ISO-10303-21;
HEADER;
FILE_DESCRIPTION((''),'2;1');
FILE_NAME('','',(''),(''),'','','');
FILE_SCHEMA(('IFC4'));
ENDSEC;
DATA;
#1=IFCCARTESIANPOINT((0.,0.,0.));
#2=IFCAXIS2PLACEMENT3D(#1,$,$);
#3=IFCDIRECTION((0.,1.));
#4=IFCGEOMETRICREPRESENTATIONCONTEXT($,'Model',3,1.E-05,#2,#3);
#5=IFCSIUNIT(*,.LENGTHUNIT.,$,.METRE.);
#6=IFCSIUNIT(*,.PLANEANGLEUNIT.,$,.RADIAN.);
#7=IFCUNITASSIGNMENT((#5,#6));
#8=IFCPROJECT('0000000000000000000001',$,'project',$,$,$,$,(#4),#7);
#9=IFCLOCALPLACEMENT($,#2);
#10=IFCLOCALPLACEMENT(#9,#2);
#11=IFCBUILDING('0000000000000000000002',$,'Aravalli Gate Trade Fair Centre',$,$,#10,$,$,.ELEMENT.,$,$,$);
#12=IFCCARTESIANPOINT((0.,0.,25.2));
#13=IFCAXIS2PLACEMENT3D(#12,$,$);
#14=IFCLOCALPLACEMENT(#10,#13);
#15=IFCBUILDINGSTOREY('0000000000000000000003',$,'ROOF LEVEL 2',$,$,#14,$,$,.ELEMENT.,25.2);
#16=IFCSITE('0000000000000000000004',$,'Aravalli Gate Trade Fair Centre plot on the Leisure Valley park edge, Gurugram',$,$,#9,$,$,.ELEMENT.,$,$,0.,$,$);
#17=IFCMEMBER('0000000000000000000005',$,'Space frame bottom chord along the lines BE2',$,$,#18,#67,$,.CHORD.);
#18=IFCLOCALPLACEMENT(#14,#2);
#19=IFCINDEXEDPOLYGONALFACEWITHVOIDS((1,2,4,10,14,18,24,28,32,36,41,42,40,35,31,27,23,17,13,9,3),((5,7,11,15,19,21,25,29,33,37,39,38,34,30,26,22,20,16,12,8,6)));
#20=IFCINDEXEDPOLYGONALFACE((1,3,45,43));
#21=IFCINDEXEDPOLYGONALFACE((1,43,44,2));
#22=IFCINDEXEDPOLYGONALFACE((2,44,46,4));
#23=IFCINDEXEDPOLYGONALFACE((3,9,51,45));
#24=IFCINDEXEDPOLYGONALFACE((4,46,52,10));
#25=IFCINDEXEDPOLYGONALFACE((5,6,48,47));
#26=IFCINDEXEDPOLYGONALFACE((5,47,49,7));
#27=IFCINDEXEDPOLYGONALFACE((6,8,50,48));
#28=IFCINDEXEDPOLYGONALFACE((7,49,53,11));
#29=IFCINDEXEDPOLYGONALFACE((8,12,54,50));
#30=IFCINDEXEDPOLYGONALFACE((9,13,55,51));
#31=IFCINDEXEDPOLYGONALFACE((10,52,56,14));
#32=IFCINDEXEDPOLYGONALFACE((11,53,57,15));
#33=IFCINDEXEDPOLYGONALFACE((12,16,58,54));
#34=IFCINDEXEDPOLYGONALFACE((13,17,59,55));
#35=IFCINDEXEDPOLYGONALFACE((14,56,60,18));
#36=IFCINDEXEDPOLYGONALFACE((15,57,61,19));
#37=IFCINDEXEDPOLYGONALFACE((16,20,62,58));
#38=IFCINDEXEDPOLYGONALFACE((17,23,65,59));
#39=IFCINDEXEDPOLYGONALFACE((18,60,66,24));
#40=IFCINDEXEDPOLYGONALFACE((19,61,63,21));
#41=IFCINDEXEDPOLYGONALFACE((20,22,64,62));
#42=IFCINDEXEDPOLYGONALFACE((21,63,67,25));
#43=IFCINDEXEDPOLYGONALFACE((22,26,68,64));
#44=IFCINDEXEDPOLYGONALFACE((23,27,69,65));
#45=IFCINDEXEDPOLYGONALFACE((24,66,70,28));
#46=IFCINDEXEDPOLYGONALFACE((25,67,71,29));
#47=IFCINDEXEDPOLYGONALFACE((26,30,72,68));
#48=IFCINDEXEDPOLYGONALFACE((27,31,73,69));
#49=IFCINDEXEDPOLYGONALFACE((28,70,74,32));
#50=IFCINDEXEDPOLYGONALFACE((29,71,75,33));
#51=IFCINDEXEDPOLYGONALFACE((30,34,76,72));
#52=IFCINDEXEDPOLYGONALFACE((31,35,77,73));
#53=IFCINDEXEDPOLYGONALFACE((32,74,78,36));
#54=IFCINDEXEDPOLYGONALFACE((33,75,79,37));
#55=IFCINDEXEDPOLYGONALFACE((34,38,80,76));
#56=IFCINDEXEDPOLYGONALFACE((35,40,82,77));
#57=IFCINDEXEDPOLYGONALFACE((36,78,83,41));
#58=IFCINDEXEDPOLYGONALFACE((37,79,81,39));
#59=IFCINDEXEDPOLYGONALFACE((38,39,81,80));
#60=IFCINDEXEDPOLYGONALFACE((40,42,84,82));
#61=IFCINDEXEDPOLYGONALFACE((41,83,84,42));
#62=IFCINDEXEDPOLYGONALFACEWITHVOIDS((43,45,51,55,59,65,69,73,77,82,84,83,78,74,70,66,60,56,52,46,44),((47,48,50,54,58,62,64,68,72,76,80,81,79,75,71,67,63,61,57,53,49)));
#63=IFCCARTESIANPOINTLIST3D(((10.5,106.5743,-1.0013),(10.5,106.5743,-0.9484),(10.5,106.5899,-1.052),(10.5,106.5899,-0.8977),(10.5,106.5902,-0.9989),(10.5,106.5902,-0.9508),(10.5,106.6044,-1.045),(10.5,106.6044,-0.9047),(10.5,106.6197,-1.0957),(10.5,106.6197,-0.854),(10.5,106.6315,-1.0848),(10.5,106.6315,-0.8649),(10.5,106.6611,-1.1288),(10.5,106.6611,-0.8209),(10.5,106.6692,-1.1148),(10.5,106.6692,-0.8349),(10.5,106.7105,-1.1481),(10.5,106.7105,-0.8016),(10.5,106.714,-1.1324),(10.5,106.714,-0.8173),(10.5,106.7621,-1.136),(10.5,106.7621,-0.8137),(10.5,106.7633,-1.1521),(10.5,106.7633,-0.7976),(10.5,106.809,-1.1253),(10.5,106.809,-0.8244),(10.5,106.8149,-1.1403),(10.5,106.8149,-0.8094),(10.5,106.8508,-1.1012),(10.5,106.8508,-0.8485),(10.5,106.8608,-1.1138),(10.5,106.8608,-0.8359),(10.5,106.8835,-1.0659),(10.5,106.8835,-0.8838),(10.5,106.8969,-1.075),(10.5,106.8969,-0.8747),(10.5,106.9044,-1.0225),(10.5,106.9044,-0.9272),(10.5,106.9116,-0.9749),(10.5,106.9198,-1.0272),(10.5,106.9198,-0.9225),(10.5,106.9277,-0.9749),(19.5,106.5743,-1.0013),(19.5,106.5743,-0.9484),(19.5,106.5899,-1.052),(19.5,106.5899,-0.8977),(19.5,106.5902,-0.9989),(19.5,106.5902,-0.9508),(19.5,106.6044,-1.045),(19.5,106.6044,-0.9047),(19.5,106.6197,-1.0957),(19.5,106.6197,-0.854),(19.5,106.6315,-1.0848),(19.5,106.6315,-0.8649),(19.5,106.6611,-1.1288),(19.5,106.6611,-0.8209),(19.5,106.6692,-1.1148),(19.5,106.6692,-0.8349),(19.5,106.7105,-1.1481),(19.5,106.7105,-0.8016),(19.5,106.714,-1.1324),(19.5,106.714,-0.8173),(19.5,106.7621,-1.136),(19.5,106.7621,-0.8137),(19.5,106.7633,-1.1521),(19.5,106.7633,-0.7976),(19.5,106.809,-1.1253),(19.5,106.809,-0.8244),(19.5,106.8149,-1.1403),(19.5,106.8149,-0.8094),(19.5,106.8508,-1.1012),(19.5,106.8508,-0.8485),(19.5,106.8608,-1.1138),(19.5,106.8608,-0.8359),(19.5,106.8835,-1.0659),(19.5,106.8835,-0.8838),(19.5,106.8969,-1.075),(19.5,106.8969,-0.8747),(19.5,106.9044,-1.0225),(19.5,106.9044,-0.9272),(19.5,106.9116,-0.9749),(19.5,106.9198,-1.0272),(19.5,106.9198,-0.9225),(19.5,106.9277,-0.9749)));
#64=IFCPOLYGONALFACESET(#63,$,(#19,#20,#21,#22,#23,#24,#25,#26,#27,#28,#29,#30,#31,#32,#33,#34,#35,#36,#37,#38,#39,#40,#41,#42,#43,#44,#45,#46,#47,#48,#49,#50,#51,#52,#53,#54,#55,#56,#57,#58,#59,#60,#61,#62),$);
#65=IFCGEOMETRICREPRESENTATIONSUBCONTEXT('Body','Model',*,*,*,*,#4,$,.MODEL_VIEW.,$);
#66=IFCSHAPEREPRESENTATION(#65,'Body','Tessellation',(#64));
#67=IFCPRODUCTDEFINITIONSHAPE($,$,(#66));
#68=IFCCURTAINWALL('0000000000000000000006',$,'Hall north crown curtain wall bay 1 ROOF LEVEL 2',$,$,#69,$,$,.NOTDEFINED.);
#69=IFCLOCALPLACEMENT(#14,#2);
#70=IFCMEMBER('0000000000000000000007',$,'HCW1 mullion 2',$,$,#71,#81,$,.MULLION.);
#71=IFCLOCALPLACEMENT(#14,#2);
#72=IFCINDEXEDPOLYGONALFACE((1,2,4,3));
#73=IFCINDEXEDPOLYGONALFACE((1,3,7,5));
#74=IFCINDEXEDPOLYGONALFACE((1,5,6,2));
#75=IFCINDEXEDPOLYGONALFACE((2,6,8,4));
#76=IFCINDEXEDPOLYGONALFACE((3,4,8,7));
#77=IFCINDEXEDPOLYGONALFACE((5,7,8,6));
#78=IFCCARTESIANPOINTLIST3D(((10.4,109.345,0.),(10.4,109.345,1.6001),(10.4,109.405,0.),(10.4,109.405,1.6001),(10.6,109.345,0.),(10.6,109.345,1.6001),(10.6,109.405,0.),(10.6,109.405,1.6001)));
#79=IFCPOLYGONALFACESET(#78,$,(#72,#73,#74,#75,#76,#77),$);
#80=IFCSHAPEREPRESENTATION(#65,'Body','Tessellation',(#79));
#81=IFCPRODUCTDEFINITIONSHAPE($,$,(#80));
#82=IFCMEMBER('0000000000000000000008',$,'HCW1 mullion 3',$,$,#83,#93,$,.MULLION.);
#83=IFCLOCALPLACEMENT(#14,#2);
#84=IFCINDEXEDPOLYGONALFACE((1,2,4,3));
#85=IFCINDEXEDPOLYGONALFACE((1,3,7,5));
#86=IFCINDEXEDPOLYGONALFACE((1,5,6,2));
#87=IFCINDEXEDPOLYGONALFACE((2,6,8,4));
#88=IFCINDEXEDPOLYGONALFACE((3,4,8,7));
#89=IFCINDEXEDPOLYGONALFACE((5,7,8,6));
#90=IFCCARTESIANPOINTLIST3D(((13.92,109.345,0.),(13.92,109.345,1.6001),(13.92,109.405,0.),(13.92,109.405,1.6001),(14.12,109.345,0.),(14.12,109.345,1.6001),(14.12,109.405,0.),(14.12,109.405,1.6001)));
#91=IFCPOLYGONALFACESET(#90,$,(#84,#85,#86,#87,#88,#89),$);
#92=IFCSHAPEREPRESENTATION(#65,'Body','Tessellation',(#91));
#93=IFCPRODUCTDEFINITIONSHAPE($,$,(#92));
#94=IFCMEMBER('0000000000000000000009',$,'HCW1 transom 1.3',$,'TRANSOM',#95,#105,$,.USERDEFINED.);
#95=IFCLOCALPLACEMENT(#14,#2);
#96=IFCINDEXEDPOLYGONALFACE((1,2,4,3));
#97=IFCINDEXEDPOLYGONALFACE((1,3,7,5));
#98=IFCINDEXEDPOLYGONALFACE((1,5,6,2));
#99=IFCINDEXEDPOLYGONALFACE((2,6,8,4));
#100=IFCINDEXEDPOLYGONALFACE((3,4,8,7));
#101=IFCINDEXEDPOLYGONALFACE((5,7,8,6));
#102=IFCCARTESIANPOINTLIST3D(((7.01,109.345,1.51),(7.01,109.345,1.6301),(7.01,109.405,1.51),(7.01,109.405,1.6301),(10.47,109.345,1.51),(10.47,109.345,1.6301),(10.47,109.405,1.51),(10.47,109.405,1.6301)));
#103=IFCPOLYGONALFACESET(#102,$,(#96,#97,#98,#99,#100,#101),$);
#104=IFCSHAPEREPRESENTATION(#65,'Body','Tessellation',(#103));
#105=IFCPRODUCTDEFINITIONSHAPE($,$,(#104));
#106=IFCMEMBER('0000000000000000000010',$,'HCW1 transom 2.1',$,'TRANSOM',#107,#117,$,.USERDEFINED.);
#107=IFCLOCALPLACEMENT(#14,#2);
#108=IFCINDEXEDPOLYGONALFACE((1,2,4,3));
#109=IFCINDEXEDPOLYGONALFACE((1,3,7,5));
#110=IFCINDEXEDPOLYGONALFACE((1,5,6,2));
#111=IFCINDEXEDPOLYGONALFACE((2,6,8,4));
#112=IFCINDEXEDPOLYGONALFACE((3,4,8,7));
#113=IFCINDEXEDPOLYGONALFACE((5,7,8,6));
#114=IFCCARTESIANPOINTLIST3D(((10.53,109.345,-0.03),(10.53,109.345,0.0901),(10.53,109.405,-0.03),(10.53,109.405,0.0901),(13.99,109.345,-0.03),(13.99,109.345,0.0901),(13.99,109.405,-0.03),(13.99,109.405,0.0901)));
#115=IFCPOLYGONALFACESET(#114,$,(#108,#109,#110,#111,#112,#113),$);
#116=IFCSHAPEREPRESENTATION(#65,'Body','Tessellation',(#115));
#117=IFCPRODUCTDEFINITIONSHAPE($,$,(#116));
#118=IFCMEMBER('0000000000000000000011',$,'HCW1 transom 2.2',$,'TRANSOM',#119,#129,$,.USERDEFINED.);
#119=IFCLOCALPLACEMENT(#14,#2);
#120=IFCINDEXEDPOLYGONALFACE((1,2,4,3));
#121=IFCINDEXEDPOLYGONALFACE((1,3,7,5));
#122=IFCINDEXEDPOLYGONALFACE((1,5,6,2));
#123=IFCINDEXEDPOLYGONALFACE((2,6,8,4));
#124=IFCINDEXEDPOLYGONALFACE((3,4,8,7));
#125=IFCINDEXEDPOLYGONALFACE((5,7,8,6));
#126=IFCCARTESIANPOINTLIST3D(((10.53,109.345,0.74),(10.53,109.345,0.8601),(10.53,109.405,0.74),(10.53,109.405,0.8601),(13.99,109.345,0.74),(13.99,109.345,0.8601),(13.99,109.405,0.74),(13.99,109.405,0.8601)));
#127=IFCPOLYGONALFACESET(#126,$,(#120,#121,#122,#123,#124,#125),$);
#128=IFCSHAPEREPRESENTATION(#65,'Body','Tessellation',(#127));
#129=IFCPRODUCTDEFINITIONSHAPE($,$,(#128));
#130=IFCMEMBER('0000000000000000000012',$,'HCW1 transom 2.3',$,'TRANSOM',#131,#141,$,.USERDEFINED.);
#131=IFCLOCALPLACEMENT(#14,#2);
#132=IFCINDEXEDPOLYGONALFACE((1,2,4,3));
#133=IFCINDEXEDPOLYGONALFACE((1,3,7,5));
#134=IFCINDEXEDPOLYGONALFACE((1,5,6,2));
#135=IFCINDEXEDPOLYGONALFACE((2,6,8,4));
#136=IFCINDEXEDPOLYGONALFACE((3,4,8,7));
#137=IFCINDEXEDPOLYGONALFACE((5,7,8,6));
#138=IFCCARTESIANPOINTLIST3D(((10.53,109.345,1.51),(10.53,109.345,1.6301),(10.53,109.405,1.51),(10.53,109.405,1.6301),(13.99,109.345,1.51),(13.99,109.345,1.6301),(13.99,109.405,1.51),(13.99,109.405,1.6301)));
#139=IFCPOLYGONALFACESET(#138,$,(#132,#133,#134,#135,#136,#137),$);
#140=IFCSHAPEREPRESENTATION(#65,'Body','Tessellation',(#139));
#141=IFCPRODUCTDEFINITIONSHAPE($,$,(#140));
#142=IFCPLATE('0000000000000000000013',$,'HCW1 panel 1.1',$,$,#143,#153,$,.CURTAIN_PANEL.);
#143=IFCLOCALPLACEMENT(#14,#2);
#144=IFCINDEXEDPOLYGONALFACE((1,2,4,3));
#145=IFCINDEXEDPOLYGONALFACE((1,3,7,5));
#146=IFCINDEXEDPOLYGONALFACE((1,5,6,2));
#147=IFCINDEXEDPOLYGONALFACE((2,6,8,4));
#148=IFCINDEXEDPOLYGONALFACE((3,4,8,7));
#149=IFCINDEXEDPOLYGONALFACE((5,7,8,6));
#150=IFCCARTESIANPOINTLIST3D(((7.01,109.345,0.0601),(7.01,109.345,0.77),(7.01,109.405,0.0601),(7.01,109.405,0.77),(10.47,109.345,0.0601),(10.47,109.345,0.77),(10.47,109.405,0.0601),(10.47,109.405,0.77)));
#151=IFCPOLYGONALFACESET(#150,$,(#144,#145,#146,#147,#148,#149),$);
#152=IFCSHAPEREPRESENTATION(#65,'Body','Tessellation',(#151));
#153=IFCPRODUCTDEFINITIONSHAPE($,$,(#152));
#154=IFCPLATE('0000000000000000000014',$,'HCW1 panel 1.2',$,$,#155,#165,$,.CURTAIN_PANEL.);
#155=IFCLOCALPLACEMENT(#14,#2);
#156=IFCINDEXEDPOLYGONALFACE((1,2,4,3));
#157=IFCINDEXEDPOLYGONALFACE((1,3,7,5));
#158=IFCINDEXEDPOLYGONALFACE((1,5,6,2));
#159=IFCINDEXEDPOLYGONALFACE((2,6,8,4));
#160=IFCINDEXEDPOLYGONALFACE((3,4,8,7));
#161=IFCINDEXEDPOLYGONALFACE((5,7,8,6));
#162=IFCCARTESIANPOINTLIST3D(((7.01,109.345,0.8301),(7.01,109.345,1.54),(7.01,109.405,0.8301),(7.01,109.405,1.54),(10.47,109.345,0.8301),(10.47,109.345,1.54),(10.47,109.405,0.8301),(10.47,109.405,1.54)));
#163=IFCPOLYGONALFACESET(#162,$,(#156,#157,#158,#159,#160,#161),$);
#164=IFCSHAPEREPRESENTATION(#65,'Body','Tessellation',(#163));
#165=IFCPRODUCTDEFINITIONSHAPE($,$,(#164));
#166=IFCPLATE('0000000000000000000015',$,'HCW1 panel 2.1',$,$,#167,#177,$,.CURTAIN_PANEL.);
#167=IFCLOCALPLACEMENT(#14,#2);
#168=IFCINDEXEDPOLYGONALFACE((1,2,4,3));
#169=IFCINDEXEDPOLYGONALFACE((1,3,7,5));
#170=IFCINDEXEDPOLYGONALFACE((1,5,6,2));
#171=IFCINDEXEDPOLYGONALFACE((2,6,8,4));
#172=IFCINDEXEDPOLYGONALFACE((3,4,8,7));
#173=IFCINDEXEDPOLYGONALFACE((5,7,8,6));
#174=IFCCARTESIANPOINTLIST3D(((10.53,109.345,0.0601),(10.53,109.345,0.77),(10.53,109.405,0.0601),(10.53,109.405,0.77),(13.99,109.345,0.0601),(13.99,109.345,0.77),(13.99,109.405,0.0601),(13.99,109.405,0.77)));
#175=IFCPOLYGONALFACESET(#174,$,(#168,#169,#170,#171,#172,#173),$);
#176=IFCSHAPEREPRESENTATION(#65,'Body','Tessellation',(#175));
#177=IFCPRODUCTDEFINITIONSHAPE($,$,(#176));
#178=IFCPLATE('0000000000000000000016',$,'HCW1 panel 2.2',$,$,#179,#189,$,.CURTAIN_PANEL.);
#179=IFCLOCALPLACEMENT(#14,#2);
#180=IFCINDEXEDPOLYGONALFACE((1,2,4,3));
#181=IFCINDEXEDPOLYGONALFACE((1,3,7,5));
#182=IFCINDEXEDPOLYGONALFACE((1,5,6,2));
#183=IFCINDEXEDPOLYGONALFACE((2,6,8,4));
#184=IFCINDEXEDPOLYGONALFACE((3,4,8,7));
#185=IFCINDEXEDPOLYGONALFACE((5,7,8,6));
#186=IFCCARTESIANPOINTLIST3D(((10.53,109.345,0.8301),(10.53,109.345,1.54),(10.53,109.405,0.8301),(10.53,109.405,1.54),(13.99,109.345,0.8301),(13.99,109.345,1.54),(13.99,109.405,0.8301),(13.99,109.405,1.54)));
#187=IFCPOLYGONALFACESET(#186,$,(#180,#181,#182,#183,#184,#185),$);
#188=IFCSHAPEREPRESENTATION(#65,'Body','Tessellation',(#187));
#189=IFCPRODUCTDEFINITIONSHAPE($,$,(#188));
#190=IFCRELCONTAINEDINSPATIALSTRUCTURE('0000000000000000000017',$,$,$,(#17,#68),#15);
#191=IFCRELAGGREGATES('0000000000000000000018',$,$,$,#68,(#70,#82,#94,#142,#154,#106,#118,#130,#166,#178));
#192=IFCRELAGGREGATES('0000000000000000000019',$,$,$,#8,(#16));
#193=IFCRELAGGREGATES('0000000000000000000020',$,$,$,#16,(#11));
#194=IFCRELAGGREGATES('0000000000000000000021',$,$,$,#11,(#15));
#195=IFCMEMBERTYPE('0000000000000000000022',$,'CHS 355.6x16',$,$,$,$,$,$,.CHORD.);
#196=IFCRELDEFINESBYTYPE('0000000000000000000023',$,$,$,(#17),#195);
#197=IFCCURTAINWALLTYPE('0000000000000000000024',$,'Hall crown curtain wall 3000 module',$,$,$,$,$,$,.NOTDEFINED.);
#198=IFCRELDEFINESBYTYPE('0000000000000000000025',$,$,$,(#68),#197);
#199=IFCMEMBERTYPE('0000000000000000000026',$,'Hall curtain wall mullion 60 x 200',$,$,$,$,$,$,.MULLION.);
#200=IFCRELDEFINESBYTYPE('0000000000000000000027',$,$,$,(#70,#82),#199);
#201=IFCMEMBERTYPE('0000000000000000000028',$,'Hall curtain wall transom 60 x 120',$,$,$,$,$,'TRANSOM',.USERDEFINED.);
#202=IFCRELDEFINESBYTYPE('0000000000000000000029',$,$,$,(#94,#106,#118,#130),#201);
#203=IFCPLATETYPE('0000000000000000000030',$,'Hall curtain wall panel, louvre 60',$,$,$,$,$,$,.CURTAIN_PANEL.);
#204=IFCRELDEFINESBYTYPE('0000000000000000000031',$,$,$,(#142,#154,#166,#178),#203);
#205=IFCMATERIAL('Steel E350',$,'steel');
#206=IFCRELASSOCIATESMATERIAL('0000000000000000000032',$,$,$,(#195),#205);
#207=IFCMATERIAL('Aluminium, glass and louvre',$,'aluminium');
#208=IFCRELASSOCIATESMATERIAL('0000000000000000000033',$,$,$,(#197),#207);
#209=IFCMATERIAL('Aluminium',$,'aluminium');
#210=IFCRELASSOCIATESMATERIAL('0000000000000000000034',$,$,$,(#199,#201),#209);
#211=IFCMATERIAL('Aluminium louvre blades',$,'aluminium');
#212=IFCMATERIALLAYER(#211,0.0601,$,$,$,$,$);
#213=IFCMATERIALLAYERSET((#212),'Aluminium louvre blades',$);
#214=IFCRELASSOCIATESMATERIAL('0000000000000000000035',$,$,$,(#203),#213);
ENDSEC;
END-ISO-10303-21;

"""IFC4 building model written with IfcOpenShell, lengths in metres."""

from ifc_helpers import new_model, si_unit, direction, frame, origin, origin_2d, place, context, subcontext, project, spatial, rectangle, hollow_circle, extrude, material, layer, layer_set, material_profile, profile_set, type_object, element, aggregate, save


model = new_model("IFC4")

# Units and contexts
model_context = context("Model", 3, precision=1e-05, world=origin(), true_north=direction((0.0, 1.0)))
body_context = subcontext(model_context, "Body", "Model", "MODEL_VIEW")
ifc_project = project(units=[si_unit("LENGTHUNIT", "METRE"), si_unit("PLANEANGLEUNIT", "RADIAN")], contexts=[model_context])

# Site, building, storey
site_placement = place(None, origin())
site = spatial("IfcSite", under=ifc_project, at=site_placement, Name="Aravalli Gate Trade Fair Centre plot on the Leisure Valley park edge, Gurugram", CompositionType="ELEMENT", RefElevation=0.0)
building_placement = place(site_placement, origin())
building = spatial("IfcBuilding", under=site, at=building_placement, Name="Aravalli Gate Trade Fair Centre", CompositionType="ELEMENT")
storey_placement = place(building_placement, frame((0.0, 0.0, 25.2)))
storey = spatial("IfcBuildingStorey", under=building, at=storey_placement, Name="ROOF LEVEL 2", CompositionType="ELEMENT", Elevation=25.2)

# Member
ifc_material_1 = material(Name="Steel E350", Category="steel")
ifc_material_profile_1 = material_profile(ifc_material_1, hollow_circle(Radius=0.1777, WallThickness=0.0161, at=origin_2d()), Name="CHS 355.6x16")
ifc_profile_set_1 = profile_set([ifc_material_profile_1], Name="Steel E350")
member_type_1 = type_object("IfcMemberType", Name="CHS 355.6x16", PredefinedType="CHORD", material=ifc_profile_set_1)
member_1_placement = place(storey_placement, frame((10.5, 106.75, -0.9749), z_axis=(1.0, 0.0, 0.0), x_axis=(0.0, 1.0, 0.0)))
element("IfcMember", 1, at=member_1_placement, inside=storey, type_object=member_type_1, Name="Space frame bottom chord along the lines BE2", PredefinedType="CHORD", context=body_context, shape_type="SweptSolid", body=[
    extrude(hollow_circle(Radius=0.1777, WallThickness=0.0161, at=origin_2d()), origin(), (0.0, 0.0, 1.0), 9.0),
])

# Curtain wall, members, plates
ifc_material_2 = material(Name="Aluminium, glass and louvre", Category="aluminium")
curtain_wall_type = type_object("IfcCurtainWallType", Name="Hall crown curtain wall 3000 module", PredefinedType="NOTDEFINED", material=ifc_material_2)
curtain_wall_placement = place(storey_placement, origin())
curtain_wall = element("IfcCurtainWall", 2, at=curtain_wall_placement, inside=storey, type_object=curtain_wall_type, Name="Hall north crown curtain wall bay 1 ROOF LEVEL 2", PredefinedType="NOTDEFINED")
ifc_material_3 = material(Name="Aluminium", Category="aluminium")
ifc_material_profile_2 = material_profile(ifc_material_3, rectangle(XDim=0.0601, YDim=0.2, at=origin_2d()), Name="Hall curtain wall mullion 60 x 200")
ifc_profile_set_2 = profile_set([ifc_material_profile_2], Name="Aluminium")
member_type_2 = type_object("IfcMemberType", Name="Hall curtain wall mullion 60 x 200", PredefinedType="MULLION", material=ifc_profile_set_2)
member_2_placement = place(storey_placement, frame((10.5, 109.375, 0.0), z_axis=(0.0, 0.0, 1.0), x_axis=(0.0, 1.0, 0.0)))
member_2 = element("IfcMember", 3, at=member_2_placement, type_object=member_type_2, Name="HCW1 mullion 2", PredefinedType="MULLION", context=body_context, shape_type="SweptSolid", body=[
    extrude(rectangle(XDim=0.0601, YDim=0.2, at=origin_2d()), origin(), (0.0, 0.0, 1.0), 1.6001),
])
member_3_placement = place(storey_placement, frame((14.02, 109.375, 0.0), z_axis=(0.0, 0.0, 1.0), x_axis=(0.0, 1.0, 0.0)))
member_3 = element("IfcMember", 4, at=member_3_placement, type_object=member_type_2, Name="HCW1 mullion 3", PredefinedType="MULLION", context=body_context, shape_type="SweptSolid", body=[
    extrude(rectangle(XDim=0.0601, YDim=0.2, at=origin_2d()), origin(), (0.0, 0.0, 1.0), 1.6001),
])
ifc_material_profile_3 = material_profile(ifc_material_3, rectangle(XDim=0.0601, YDim=0.1201, at=origin_2d()), Name="Hall curtain wall transom 60 x 120")
ifc_profile_set_3 = profile_set([ifc_material_profile_3], Name="Aluminium")
member_type_3 = type_object("IfcMemberType", Name="Hall curtain wall transom 60 x 120", ElementType="TRANSOM", PredefinedType="USERDEFINED", material=ifc_profile_set_3)
member_4_placement = place(storey_placement, frame((7.01, 109.375, 1.5701), z_axis=(1.0, 0.0, 0.0), x_axis=(0.0, 1.0, 0.0)))
member_4 = element("IfcMember", 5, at=member_4_placement, type_object=member_type_3, Name="HCW1 transom 1.3", ObjectType="TRANSOM", PredefinedType="USERDEFINED", context=body_context, shape_type="SweptSolid", body=[
    extrude(rectangle(XDim=0.0601, YDim=0.1201, at=origin_2d()), origin(), (0.0, 0.0, 1.0), 3.46),
])
member_5_placement = place(storey_placement, frame((10.53, 109.375, 0.03), z_axis=(1.0, 0.0, 0.0), x_axis=(0.0, 1.0, 0.0)))
member_5 = element("IfcMember", 6, at=member_5_placement, type_object=member_type_3, Name="HCW1 transom 2.1", ObjectType="TRANSOM", PredefinedType="USERDEFINED", context=body_context, shape_type="SweptSolid", body=[
    extrude(rectangle(XDim=0.0601, YDim=0.1201, at=origin_2d()), origin(), (0.0, 0.0, 1.0), 3.46),
])
member_6_placement = place(storey_placement, frame((10.53, 109.375, 0.8), z_axis=(1.0, 0.0, 0.0), x_axis=(0.0, 1.0, 0.0)))
member_6 = element("IfcMember", 7, at=member_6_placement, type_object=member_type_3, Name="HCW1 transom 2.2", ObjectType="TRANSOM", PredefinedType="USERDEFINED", context=body_context, shape_type="SweptSolid", body=[
    extrude(rectangle(XDim=0.0601, YDim=0.1201, at=origin_2d()), origin(), (0.0, 0.0, 1.0), 3.46),
])
member_7_placement = place(storey_placement, frame((10.53, 109.375, 1.5701), z_axis=(1.0, 0.0, 0.0), x_axis=(0.0, 1.0, 0.0)))
member_7 = element("IfcMember", 8, at=member_7_placement, type_object=member_type_3, Name="HCW1 transom 2.3", ObjectType="TRANSOM", PredefinedType="USERDEFINED", context=body_context, shape_type="SweptSolid", body=[
    extrude(rectangle(XDim=0.0601, YDim=0.1201, at=origin_2d()), origin(), (0.0, 0.0, 1.0), 3.46),
])
ifc_material_4 = material(Name="Aluminium louvre blades", Category="aluminium")
ifc_layer_1 = layer(ifc_material_4, 0.0601)
ifc_layer_set_1 = layer_set([ifc_layer_1], Name="Aluminium louvre blades")
plate_type = type_object("IfcPlateType", Name="Hall curtain wall panel, louvre 60", PredefinedType="CURTAIN_PANEL", material=ifc_layer_set_1)
plate_1_placement = place(storey_placement, frame((8.74, 109.375, 0.0601), z_axis=(0.0, 0.0, 1.0), x_axis=(1.0, 0.0, 0.0)))
plate_1 = element("IfcPlate", 9, at=plate_1_placement, type_object=plate_type, Name="HCW1 panel 1.1", PredefinedType="CURTAIN_PANEL", context=body_context, shape_type="SweptSolid", body=[
    extrude(rectangle(XDim=3.46, YDim=0.0601, at=origin_2d()), origin(), (0.0, 0.0, 1.0), 0.71),
])
plate_2_placement = place(storey_placement, frame((8.74, 109.375, 0.8301), z_axis=(0.0, 0.0, 1.0), x_axis=(1.0, 0.0, 0.0)))
plate_2 = element("IfcPlate", 10, at=plate_2_placement, type_object=plate_type, Name="HCW1 panel 1.2", PredefinedType="CURTAIN_PANEL", context=body_context, shape_type="SweptSolid", body=[
    extrude(rectangle(XDim=3.46, YDim=0.0601, at=origin_2d()), origin(), (0.0, 0.0, 1.0), 0.71),
])
plate_3_placement = place(storey_placement, frame((12.26, 109.375, 0.0601), z_axis=(0.0, 0.0, 1.0), x_axis=(1.0, 0.0, 0.0)))
plate_3 = element("IfcPlate", 11, at=plate_3_placement, type_object=plate_type, Name="HCW1 panel 2.1", PredefinedType="CURTAIN_PANEL", context=body_context, shape_type="SweptSolid", body=[
    extrude(rectangle(XDim=3.46, YDim=0.0601, at=origin_2d()), origin(), (0.0, 0.0, 1.0), 0.71),
])
plate_4_placement = place(storey_placement, frame((12.26, 109.375, 0.8301), z_axis=(0.0, 0.0, 1.0), x_axis=(1.0, 0.0, 0.0)))
plate_4 = element("IfcPlate", 12, at=plate_4_placement, type_object=plate_type, Name="HCW1 panel 2.2", PredefinedType="CURTAIN_PANEL", context=body_context, shape_type="SweptSolid", body=[
    extrude(rectangle(XDim=3.46, YDim=0.0601, at=origin_2d()), origin(), (0.0, 0.0, 1.0), 0.71),
])
aggregate(curtain_wall, [member_2, member_3, member_4, plate_1, plate_2, member_5, member_6, member_7, plate_3, plate_4])

save(model, "model.ifc")
